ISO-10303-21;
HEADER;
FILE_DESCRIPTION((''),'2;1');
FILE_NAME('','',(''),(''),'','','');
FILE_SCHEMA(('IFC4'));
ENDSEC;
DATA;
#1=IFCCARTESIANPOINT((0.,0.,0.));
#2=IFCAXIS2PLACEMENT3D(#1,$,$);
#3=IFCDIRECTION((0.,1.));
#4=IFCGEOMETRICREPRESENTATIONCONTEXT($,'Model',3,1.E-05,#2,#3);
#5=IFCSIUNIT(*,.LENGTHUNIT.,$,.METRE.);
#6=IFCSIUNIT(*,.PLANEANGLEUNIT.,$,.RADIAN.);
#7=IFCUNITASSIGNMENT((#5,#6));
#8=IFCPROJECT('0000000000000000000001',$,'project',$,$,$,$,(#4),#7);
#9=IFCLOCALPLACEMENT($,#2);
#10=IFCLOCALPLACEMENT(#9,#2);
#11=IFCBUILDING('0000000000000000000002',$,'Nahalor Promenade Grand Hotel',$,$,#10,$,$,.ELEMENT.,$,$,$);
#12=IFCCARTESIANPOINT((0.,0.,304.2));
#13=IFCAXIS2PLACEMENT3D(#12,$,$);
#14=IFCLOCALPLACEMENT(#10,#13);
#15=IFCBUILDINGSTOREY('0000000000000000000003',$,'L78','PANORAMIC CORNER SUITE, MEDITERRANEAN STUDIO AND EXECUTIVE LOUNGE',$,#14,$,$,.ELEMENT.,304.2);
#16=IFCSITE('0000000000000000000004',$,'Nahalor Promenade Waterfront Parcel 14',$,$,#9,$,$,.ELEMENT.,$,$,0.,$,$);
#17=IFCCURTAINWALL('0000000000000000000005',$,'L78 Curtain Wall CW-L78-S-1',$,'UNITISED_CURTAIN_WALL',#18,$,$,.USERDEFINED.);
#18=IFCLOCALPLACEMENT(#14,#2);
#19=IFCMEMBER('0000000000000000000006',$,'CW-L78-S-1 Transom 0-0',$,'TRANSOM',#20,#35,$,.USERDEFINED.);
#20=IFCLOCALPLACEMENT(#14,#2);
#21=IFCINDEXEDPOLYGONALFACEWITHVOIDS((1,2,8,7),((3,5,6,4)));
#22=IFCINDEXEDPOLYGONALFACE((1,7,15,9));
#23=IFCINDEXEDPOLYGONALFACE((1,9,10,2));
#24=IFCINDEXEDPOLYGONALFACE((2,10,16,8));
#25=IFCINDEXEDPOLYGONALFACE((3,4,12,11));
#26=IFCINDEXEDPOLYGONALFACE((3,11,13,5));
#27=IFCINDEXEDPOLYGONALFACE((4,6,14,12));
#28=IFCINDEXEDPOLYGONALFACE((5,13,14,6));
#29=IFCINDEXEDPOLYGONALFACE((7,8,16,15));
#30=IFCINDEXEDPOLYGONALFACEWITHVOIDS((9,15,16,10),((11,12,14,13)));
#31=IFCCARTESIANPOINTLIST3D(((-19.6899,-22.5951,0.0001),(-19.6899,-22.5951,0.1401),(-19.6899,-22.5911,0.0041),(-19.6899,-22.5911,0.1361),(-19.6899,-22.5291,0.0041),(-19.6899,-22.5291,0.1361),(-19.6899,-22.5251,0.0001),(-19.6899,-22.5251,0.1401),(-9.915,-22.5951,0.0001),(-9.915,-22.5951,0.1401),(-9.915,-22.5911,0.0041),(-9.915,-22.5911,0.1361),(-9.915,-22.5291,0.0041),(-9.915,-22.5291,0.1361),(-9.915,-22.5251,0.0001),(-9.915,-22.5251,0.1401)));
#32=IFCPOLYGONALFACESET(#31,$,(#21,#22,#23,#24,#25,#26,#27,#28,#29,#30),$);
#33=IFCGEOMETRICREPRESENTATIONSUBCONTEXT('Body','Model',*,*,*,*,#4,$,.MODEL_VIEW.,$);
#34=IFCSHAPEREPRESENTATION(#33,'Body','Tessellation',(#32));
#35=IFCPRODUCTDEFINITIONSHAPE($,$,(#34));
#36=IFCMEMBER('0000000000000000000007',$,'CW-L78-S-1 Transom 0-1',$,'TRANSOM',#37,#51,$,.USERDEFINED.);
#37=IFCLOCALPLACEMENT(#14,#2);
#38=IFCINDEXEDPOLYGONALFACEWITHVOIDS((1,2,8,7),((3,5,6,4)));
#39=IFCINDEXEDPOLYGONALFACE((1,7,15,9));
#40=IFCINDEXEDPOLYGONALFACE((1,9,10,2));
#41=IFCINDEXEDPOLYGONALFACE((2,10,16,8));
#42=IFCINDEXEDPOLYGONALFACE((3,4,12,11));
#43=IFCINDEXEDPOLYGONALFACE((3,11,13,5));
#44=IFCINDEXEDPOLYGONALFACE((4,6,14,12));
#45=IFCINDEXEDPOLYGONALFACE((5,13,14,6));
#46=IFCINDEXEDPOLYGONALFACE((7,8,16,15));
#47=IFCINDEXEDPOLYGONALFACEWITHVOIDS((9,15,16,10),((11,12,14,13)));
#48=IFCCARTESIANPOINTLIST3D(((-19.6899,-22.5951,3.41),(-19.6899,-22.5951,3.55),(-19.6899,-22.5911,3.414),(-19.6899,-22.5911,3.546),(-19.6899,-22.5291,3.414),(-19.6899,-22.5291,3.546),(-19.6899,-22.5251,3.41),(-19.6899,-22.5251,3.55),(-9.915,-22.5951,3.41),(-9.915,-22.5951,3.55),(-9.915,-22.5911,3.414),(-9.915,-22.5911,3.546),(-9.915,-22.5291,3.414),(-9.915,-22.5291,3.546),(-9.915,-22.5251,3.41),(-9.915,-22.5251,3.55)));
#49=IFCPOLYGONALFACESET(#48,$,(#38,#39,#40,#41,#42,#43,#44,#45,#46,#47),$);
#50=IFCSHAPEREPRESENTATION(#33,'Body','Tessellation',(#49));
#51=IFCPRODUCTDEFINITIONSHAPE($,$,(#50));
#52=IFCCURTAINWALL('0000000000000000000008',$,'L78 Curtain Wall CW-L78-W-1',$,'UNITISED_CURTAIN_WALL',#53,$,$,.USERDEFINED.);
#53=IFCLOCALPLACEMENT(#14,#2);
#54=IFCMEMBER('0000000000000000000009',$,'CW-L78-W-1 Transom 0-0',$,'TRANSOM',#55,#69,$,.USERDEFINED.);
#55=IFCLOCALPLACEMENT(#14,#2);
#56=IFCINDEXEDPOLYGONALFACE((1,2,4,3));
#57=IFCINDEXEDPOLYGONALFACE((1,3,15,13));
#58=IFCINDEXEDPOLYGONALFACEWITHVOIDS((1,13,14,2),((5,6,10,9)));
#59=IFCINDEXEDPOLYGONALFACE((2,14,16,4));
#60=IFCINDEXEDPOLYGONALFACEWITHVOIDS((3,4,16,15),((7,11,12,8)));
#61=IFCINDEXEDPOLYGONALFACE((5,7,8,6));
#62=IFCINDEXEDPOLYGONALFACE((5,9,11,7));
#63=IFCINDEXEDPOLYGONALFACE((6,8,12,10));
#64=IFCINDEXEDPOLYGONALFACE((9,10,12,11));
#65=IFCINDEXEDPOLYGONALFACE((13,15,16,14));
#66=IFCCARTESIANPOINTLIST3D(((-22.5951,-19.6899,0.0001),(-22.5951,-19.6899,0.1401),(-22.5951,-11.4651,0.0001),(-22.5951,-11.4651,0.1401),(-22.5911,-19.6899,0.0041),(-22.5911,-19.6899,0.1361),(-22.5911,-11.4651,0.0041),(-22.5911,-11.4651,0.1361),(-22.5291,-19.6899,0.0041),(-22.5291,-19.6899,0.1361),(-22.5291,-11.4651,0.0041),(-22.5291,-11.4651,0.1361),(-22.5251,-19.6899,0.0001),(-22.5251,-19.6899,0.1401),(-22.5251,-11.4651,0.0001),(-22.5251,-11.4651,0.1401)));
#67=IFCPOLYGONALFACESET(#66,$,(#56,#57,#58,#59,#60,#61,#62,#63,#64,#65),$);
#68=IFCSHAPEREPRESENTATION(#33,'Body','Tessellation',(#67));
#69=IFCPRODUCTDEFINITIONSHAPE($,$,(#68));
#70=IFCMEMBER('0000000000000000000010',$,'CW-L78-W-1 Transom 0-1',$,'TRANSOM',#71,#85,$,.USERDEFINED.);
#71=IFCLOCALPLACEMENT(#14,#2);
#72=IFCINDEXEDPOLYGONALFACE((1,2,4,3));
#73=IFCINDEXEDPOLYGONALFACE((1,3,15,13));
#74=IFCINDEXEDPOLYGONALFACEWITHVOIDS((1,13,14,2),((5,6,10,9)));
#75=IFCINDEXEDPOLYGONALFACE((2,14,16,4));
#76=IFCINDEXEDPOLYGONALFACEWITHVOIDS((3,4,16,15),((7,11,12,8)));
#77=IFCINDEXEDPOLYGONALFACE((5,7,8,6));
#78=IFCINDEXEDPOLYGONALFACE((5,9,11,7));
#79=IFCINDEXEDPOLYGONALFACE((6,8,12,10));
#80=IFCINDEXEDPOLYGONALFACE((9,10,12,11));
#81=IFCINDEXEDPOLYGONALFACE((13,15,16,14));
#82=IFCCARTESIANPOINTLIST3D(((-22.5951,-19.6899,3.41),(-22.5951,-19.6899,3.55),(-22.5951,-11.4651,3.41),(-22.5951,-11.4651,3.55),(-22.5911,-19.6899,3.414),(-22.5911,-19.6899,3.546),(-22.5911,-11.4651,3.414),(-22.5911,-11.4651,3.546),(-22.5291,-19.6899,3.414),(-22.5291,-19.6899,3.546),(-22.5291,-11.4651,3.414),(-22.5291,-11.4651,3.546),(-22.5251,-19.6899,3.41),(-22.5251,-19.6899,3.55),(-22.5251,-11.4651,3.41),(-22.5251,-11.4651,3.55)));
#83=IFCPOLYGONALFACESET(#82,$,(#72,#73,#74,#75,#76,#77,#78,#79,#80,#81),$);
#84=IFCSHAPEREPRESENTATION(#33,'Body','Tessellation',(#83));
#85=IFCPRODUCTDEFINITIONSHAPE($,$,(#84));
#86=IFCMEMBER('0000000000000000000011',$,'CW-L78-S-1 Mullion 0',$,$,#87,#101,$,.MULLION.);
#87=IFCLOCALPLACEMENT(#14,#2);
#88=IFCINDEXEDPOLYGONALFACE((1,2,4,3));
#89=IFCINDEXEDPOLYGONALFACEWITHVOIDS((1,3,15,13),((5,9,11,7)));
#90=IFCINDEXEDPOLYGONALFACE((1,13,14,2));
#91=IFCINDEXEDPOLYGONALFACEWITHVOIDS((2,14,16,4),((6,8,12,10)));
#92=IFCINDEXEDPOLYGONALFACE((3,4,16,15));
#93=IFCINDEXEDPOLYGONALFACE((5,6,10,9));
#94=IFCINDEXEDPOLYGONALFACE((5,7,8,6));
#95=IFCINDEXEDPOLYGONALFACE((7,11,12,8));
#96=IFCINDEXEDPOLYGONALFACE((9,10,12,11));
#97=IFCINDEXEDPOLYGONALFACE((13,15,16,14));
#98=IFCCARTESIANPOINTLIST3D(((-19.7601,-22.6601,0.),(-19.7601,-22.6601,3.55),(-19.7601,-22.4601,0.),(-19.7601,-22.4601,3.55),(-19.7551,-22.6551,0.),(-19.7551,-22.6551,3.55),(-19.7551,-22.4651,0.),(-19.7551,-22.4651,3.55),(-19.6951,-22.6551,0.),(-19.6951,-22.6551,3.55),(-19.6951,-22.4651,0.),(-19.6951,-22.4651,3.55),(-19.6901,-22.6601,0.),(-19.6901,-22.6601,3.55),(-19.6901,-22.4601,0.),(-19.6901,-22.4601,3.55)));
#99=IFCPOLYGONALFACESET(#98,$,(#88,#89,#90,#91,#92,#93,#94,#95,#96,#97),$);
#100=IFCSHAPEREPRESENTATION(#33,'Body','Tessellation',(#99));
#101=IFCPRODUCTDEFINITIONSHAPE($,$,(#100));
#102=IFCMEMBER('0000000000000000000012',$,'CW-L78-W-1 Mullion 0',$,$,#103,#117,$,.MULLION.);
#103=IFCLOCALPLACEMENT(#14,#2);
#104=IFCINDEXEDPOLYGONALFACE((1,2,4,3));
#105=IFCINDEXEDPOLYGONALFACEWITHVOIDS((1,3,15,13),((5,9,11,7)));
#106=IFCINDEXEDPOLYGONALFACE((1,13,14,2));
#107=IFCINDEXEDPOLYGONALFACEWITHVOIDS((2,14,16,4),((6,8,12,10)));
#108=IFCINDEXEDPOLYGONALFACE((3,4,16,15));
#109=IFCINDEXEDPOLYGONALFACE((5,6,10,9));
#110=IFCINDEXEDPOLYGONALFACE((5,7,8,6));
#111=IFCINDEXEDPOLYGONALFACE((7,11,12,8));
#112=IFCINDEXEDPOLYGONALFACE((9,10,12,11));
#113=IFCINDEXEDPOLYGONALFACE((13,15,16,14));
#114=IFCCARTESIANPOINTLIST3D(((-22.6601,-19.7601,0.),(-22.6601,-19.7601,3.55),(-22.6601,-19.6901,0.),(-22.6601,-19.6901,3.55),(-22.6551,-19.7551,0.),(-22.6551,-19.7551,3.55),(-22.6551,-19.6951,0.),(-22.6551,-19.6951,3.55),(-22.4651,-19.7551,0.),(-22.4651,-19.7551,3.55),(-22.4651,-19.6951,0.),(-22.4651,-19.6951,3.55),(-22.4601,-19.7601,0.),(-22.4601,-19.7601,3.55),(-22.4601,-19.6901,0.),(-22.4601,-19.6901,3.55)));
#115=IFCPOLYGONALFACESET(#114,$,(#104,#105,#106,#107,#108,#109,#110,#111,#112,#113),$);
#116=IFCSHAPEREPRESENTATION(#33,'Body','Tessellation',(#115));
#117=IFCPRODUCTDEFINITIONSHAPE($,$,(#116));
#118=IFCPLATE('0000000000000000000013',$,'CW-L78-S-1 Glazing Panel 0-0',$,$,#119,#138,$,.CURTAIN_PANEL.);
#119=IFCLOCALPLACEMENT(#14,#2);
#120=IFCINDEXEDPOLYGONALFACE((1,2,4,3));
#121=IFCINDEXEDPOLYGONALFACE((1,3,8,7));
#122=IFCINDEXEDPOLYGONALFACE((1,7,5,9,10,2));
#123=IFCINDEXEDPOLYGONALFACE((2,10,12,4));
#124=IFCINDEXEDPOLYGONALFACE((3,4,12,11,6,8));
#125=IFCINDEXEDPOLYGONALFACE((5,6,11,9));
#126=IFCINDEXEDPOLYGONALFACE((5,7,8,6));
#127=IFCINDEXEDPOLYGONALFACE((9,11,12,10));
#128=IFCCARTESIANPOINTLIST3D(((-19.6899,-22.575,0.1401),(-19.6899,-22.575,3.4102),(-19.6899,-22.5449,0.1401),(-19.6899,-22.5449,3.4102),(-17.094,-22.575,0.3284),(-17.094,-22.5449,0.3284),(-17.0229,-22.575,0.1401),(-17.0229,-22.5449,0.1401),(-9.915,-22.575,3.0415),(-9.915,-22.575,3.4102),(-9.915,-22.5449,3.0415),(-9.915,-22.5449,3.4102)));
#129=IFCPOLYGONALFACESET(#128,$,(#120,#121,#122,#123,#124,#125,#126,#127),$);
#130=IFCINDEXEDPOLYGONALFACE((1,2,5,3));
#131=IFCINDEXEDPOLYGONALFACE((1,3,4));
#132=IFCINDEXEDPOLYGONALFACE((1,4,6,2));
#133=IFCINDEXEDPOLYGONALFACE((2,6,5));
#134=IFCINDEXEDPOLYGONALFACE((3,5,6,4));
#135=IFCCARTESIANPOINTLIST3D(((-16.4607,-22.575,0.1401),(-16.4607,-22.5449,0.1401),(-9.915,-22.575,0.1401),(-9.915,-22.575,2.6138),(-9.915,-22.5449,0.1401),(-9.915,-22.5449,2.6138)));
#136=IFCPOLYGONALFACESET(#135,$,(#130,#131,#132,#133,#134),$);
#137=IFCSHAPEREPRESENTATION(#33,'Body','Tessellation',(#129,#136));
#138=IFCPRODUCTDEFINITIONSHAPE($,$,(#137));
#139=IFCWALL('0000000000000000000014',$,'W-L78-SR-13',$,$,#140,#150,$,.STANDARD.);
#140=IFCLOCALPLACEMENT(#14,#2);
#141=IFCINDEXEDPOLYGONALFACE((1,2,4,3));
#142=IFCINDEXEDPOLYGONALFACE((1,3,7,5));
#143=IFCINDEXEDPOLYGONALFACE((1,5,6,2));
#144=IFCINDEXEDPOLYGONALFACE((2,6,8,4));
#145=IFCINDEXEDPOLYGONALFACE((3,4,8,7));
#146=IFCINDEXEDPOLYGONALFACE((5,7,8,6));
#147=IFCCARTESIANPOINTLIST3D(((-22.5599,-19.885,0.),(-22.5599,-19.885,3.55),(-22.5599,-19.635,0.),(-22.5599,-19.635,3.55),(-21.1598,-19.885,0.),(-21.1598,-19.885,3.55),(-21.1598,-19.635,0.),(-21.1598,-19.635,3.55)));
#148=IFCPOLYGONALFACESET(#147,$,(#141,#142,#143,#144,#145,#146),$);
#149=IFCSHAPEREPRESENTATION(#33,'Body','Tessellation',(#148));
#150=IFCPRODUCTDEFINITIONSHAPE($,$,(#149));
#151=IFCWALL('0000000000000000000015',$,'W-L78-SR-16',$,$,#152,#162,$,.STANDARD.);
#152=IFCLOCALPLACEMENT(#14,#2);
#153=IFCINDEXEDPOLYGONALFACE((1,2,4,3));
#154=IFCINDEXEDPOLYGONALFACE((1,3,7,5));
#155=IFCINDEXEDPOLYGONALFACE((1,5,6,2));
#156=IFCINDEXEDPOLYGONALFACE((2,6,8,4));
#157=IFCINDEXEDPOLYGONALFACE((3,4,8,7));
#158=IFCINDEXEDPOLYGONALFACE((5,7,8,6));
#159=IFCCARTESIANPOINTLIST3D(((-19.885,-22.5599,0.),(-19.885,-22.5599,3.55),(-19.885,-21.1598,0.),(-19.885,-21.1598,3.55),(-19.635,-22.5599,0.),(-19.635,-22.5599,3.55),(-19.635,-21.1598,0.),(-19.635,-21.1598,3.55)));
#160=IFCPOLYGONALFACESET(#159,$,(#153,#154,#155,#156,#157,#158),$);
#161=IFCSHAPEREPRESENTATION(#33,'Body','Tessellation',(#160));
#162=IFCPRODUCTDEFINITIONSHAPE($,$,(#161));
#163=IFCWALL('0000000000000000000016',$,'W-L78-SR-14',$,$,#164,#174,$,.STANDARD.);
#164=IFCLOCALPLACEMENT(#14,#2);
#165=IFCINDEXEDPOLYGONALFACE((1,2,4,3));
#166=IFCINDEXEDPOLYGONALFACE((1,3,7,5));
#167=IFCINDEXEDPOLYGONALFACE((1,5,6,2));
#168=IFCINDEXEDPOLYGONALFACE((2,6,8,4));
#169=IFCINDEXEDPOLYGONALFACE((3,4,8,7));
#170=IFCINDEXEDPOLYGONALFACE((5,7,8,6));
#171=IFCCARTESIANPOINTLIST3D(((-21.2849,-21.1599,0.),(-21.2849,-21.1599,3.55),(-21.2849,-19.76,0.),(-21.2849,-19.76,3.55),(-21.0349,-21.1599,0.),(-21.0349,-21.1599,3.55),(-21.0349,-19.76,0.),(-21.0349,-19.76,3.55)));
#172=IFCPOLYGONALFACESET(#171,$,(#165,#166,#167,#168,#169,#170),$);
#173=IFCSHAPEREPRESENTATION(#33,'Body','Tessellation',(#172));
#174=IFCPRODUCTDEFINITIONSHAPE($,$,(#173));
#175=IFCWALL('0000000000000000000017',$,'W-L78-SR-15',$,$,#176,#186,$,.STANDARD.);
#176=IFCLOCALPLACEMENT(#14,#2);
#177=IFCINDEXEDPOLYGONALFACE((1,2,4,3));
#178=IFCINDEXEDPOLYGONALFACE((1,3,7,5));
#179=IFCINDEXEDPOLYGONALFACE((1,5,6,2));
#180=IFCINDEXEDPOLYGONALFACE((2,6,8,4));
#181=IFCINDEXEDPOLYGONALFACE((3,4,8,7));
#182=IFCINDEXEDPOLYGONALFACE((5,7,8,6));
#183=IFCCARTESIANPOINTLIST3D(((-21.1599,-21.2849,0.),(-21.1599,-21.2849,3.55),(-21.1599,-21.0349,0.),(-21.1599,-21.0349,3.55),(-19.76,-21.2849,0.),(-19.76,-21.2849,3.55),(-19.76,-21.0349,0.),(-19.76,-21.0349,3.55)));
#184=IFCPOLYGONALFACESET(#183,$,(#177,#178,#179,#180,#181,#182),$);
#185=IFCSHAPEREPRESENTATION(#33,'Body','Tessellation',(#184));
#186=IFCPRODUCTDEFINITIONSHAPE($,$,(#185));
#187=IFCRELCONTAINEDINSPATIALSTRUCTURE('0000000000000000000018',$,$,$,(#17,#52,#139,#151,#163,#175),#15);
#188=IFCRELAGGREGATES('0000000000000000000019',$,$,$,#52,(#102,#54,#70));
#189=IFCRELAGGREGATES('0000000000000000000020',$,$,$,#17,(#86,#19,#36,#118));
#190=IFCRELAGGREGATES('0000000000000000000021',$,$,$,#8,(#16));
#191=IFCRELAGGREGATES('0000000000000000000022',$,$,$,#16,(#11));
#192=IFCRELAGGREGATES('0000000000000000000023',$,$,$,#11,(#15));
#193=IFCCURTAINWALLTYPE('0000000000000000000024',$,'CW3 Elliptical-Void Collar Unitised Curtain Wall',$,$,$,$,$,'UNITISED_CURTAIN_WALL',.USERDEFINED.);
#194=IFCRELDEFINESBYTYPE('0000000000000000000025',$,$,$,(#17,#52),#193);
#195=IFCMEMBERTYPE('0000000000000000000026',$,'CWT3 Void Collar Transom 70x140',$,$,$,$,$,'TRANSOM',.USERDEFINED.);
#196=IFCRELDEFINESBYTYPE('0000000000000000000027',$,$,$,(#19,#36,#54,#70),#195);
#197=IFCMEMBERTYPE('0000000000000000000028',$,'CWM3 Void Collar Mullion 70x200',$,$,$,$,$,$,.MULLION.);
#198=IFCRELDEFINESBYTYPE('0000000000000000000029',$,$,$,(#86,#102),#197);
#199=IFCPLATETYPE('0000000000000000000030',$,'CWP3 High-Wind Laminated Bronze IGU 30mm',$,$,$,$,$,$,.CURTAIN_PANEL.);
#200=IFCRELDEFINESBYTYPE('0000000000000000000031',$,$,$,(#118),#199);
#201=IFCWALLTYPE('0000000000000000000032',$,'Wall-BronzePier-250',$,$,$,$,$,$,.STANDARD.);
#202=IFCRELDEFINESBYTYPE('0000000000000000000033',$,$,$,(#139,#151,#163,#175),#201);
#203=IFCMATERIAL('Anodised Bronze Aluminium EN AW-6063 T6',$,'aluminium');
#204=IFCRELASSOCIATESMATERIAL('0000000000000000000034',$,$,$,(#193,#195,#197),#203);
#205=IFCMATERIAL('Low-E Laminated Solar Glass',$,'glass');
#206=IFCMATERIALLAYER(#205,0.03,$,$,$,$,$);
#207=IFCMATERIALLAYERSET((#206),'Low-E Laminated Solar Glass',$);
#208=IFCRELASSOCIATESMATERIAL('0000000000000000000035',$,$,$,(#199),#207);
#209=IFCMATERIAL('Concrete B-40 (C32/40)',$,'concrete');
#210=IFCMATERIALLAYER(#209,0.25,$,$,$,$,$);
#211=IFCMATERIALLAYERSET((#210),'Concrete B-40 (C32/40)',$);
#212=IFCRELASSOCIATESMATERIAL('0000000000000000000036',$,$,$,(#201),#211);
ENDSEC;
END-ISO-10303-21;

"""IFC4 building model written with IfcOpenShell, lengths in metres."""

from ifc_helpers import new_model, si_unit, direction, frame, frame_2d, origin, origin_2d, place, context, subcontext, project, spatial, polyline, rectangle, hollow_rectangle, outline, extrude, source, transform, mapped, material, layer, layer_set, material_profile, profile_set, type_object, element, aggregate, save


model = new_model("IFC4")

# Units and contexts
model_context = context("Model", 3, precision=1e-05, world=origin(), true_north=direction((0.0, 1.0)))
body_context = subcontext(model_context, "Body", "Model", "MODEL_VIEW")
ifc_project = project(units=[si_unit("LENGTHUNIT", "METRE"), si_unit("PLANEANGLEUNIT", "RADIAN")], contexts=[model_context])

# Site, building, storey
site_placement = place(None, origin())
site = spatial("IfcSite", under=ifc_project, at=site_placement, Name="Nahalor Promenade Waterfront Parcel 14", CompositionType="ELEMENT", RefElevation=0.0)
building_placement = place(site_placement, origin())
building = spatial("IfcBuilding", under=site, at=building_placement, Name="Nahalor Promenade Grand Hotel", CompositionType="ELEMENT")
storey_placement = place(building_placement, frame((0.0, 0.0, 304.2)))
storey = spatial("IfcBuildingStorey", under=building, at=storey_placement, Name="L78", Description="PANORAMIC CORNER SUITE, MEDITERRANEAN STUDIO AND EXECUTIVE LOUNGE", CompositionType="ELEMENT", Elevation=304.2)

# Curtain walls, members
ifc_material_1 = material(Name="Anodised Bronze Aluminium EN AW-6063 T6", Category="aluminium")
curtain_wall_type = type_object("IfcCurtainWallType", Name="CW3 Elliptical-Void Collar Unitised Curtain Wall", ElementType="UNITISED_CURTAIN_WALL", PredefinedType="USERDEFINED", material=ifc_material_1)
curtain_wall_1_placement = place(storey_placement, origin())
curtain_wall_1 = element("IfcCurtainWall", 1, at=curtain_wall_1_placement, inside=storey, type_object=curtain_wall_type, Name="L78 Curtain Wall CW-L78-S-1", ObjectType="UNITISED_CURTAIN_WALL", PredefinedType="USERDEFINED")
ifc_material_profile_1 = material_profile(ifc_material_1, hollow_rectangle(XDim=0.07, YDim=0.14, WallThickness=0.004, at=origin_2d()), Name="CWT 70x140x4")
ifc_profile_set_1 = profile_set([ifc_material_profile_1], Name="Anodised Bronze Aluminium EN AW-6063 T6")
member_type_1 = type_object("IfcMemberType", Name="CWT3 Void Collar Transom 70x140", ElementType="TRANSOM", PredefinedType="USERDEFINED", material=ifc_profile_set_1)
shared_shape_1 = source(origin(), body_context, "Body", "SweptSolid", [
    extrude(hollow_rectangle(XDim=0.07, YDim=0.14, WallThickness=0.004, at=origin_2d()), origin(), (0.0, 0.0, 1.0), 9.7749),
])
member_1_placement = place(storey_placement, frame((-19.6899, -22.5601, 0.0701), z_axis=(1.0, 0.0, 0.0), x_axis=(0.0, 1.0, 0.0)))
member_1 = element("IfcMember", 2, at=member_1_placement, type_object=member_type_1, Name="CW-L78-S-1 Transom 0-0", ObjectType="TRANSOM", PredefinedType="USERDEFINED", context=body_context, shape_type="MappedRepresentation", body=[
    mapped(shared_shape_1, transform((0.0, 0.0, 0.0), scale=1.0)),
])
member_2_placement = place(storey_placement, frame((-19.6899, -22.5601, 3.48), z_axis=(1.0, 0.0, 0.0), x_axis=(0.0, 1.0, 0.0)))
member_2 = element("IfcMember", 3, at=member_2_placement, type_object=member_type_1, Name="CW-L78-S-1 Transom 0-1", ObjectType="TRANSOM", PredefinedType="USERDEFINED", context=body_context, shape_type="MappedRepresentation", body=[
    mapped(shared_shape_1, transform((0.0, 0.0, 0.0), scale=1.0)),
])
curtain_wall_2_placement = place(storey_placement, origin())
curtain_wall_2 = element("IfcCurtainWall", 4, at=curtain_wall_2_placement, inside=storey, type_object=curtain_wall_type, Name="L78 Curtain Wall CW-L78-W-1", ObjectType="UNITISED_CURTAIN_WALL", PredefinedType="USERDEFINED")
shared_shape_2 = source(origin(), body_context, "Body", "SweptSolid", [
    extrude(hollow_rectangle(XDim=0.07, YDim=0.14, WallThickness=0.004, at=origin_2d()), origin(), (0.0, 0.0, 1.0), 8.2249),
])
member_3_placement = place(storey_placement, frame((-22.5601, -19.6899, 0.0701), z_axis=(0.0, 1.0, 0.0), x_axis=(-1.0, 0.0, 0.0)))
member_3 = element("IfcMember", 5, at=member_3_placement, type_object=member_type_1, Name="CW-L78-W-1 Transom 0-0", ObjectType="TRANSOM", PredefinedType="USERDEFINED", context=body_context, shape_type="MappedRepresentation", body=[
    mapped(shared_shape_2, transform((0.0, 0.0, 0.0), scale=1.0)),
])
member_4_placement = place(storey_placement, frame((-22.5601, -19.6899, 3.48), z_axis=(0.0, 1.0, 0.0), x_axis=(-1.0, 0.0, 0.0)))
member_4 = element("IfcMember", 6, at=member_4_placement, type_object=member_type_1, Name="CW-L78-W-1 Transom 0-1", ObjectType="TRANSOM", PredefinedType="USERDEFINED", context=body_context, shape_type="MappedRepresentation", body=[
    mapped(shared_shape_2, transform((0.0, 0.0, 0.0), scale=1.0)),
])

# Members
ifc_material_profile_2 = material_profile(ifc_material_1, hollow_rectangle(XDim=0.07, YDim=0.2, WallThickness=0.005, at=origin_2d()), Name="CWM 70x200x5")
ifc_profile_set_2 = profile_set([ifc_material_profile_2], Name="Anodised Bronze Aluminium EN AW-6063 T6")
member_type_2 = type_object("IfcMemberType", Name="CWM3 Void Collar Mullion 70x200", PredefinedType="MULLION", material=ifc_profile_set_2)
shared_shape_3 = source(origin(), body_context, "Body", "SweptSolid", [
    extrude(hollow_rectangle(XDim=0.07, YDim=0.2, WallThickness=0.005, at=origin_2d()), origin(), (0.0, 0.0, 1.0), 3.55),
])
member_5_placement = place(storey_placement, frame((-19.7251, -22.5601, 0.0), z_axis=(0.0, 0.0, 1.0), x_axis=(1.0, 0.0, 0.0)))
member_5 = element("IfcMember", 7, at=member_5_placement, type_object=member_type_2, Name="CW-L78-S-1 Mullion 0", PredefinedType="MULLION", context=body_context, shape_type="MappedRepresentation", body=[
    mapped(shared_shape_3, transform((0.0, 0.0, 0.0), scale=1.0)),
])
member_6_placement = place(storey_placement, frame((-22.5601, -19.7251, 0.0), z_axis=(0.0, 0.0, 1.0), x_axis=(0.0, 1.0, 0.0)))
member_6 = element("IfcMember", 8, at=member_6_placement, type_object=member_type_2, Name="CW-L78-W-1 Mullion 0", PredefinedType="MULLION", context=body_context, shape_type="MappedRepresentation", body=[
    mapped(shared_shape_3, transform((0.0, 0.0, 0.0), scale=1.0)),
])
aggregate(curtain_wall_2, [member_6, member_3, member_4])

# Plate
ifc_material_2 = material(Name="Low-E Laminated Solar Glass", Category="glass")
ifc_layer_1 = layer(ifc_material_2, 0.03)
ifc_layer_set_1 = layer_set([ifc_layer_1], Name="Low-E Laminated Solar Glass")
plate_type = type_object("IfcPlateType", Name="CWP3 High-Wind Laminated Bronze IGU 30mm", PredefinedType="CURTAIN_PANEL", material=ifc_layer_set_1)
plate_placement = place(storey_placement, frame((-14.8025, -22.5601, 0.1401), z_axis=(0.0, 0.0, 1.0), x_axis=(1.0, 0.0, 0.0)))
plate = element("IfcPlate", 9, at=plate_placement, type_object=plate_type, Name="CW-L78-S-1 Glazing Panel 0-0", PredefinedType="CURTAIN_PANEL", context=body_context, shape_type="SweptSolid", body=[
    extrude(outline(polyline([(-4.8875, 3.27), (-4.8875, 0.0), (-2.2205, 0.0), (-2.2915, 0.1882), (4.8875, 2.9014), (4.8875, 3.27), (-4.8875, 3.27)])), frame((0.0, 0.0151, 0.0), z_axis=(0.0, -1.0, 0.0), x_axis=(1.0, 0.0, 0.0)), (0.0, 0.0, 1.0), 0.03),
    extrude(outline(polyline([(-1.6582, 0.0), (4.8875, 0.0), (4.8875, 2.4736), (-1.6582, 0.0)])), frame((0.0, 0.0151, 0.0), z_axis=(0.0, -1.0, 0.0), x_axis=(1.0, 0.0, 0.0)), (0.0, 0.0, 1.0), 0.03),
])
aggregate(curtain_wall_1, [member_5, member_1, member_2, plate])

# Walls
ifc_material_3 = material(Name="Concrete B-40 (C32/40)", Category="concrete")
ifc_layer_2 = layer(ifc_material_3, 0.25)
ifc_layer_set_2 = layer_set([ifc_layer_2], Name="Concrete B-40 (C32/40)")
wall_type_1 = type_object("IfcWallType", Name="Wall-BronzePier-250", PredefinedType="STANDARD", material=ifc_layer_set_2)
shared_shape_4 = source(origin(), body_context, "Body", "SweptSolid", [
    extrude(rectangle(XDim=1.4001, YDim=0.25, at=frame_2d((0.7002, 0.0))), origin(), (0.0, 0.0, 1.0), 3.55),
])
for number, where, z_axis, x_axis, name in (
    (10, (-22.5601, -19.76, 0.0), (0.0, 0.0, 1.0), (1.0, 0.0, 0.0), "W-L78-SR-13"),
    (11, (-19.76, -22.5601, 0.0), (0.0, 0.0, 1.0), (0.0, 1.0, 0.0), "W-L78-SR-16"),
):
    element("IfcWall", number, at=place(storey_placement, frame(where, z_axis=z_axis, x_axis=x_axis)), inside=storey, type_object=wall_type_1, Name=name, PredefinedType="STANDARD", context=body_context, shape_type="MappedRepresentation", body=[
        mapped(shared_shape_4, transform((0.0, 0.0, 0.0), scale=1.0)),
    ])
shared_shape_5 = source(origin(), body_context, "Body", "SweptSolid", [
    extrude(rectangle(XDim=1.3999, YDim=0.25, at=frame_2d((0.7, 0.0))), origin(), (0.0, 0.0, 1.0), 3.55),
])
for number, where, z_axis, x_axis, name in (
    (12, (-21.1599, -21.1599, 0.0), (0.0, 0.0, 1.0), (0.0, 1.0, 0.0), "W-L78-SR-14"),
    (13, (-21.1599, -21.1599, 0.0), (0.0, 0.0, 1.0), (1.0, 0.0, 0.0), "W-L78-SR-15"),
):
    element("IfcWall", number, at=place(storey_placement, frame(where, z_axis=z_axis, x_axis=x_axis)), inside=storey, type_object=wall_type_1, Name=name, PredefinedType="STANDARD", context=body_context, shape_type="MappedRepresentation", body=[
        mapped(shared_shape_5, transform((0.0, 0.0, 0.0), scale=1.0)),
    ])

save(model, "model.ifc")
